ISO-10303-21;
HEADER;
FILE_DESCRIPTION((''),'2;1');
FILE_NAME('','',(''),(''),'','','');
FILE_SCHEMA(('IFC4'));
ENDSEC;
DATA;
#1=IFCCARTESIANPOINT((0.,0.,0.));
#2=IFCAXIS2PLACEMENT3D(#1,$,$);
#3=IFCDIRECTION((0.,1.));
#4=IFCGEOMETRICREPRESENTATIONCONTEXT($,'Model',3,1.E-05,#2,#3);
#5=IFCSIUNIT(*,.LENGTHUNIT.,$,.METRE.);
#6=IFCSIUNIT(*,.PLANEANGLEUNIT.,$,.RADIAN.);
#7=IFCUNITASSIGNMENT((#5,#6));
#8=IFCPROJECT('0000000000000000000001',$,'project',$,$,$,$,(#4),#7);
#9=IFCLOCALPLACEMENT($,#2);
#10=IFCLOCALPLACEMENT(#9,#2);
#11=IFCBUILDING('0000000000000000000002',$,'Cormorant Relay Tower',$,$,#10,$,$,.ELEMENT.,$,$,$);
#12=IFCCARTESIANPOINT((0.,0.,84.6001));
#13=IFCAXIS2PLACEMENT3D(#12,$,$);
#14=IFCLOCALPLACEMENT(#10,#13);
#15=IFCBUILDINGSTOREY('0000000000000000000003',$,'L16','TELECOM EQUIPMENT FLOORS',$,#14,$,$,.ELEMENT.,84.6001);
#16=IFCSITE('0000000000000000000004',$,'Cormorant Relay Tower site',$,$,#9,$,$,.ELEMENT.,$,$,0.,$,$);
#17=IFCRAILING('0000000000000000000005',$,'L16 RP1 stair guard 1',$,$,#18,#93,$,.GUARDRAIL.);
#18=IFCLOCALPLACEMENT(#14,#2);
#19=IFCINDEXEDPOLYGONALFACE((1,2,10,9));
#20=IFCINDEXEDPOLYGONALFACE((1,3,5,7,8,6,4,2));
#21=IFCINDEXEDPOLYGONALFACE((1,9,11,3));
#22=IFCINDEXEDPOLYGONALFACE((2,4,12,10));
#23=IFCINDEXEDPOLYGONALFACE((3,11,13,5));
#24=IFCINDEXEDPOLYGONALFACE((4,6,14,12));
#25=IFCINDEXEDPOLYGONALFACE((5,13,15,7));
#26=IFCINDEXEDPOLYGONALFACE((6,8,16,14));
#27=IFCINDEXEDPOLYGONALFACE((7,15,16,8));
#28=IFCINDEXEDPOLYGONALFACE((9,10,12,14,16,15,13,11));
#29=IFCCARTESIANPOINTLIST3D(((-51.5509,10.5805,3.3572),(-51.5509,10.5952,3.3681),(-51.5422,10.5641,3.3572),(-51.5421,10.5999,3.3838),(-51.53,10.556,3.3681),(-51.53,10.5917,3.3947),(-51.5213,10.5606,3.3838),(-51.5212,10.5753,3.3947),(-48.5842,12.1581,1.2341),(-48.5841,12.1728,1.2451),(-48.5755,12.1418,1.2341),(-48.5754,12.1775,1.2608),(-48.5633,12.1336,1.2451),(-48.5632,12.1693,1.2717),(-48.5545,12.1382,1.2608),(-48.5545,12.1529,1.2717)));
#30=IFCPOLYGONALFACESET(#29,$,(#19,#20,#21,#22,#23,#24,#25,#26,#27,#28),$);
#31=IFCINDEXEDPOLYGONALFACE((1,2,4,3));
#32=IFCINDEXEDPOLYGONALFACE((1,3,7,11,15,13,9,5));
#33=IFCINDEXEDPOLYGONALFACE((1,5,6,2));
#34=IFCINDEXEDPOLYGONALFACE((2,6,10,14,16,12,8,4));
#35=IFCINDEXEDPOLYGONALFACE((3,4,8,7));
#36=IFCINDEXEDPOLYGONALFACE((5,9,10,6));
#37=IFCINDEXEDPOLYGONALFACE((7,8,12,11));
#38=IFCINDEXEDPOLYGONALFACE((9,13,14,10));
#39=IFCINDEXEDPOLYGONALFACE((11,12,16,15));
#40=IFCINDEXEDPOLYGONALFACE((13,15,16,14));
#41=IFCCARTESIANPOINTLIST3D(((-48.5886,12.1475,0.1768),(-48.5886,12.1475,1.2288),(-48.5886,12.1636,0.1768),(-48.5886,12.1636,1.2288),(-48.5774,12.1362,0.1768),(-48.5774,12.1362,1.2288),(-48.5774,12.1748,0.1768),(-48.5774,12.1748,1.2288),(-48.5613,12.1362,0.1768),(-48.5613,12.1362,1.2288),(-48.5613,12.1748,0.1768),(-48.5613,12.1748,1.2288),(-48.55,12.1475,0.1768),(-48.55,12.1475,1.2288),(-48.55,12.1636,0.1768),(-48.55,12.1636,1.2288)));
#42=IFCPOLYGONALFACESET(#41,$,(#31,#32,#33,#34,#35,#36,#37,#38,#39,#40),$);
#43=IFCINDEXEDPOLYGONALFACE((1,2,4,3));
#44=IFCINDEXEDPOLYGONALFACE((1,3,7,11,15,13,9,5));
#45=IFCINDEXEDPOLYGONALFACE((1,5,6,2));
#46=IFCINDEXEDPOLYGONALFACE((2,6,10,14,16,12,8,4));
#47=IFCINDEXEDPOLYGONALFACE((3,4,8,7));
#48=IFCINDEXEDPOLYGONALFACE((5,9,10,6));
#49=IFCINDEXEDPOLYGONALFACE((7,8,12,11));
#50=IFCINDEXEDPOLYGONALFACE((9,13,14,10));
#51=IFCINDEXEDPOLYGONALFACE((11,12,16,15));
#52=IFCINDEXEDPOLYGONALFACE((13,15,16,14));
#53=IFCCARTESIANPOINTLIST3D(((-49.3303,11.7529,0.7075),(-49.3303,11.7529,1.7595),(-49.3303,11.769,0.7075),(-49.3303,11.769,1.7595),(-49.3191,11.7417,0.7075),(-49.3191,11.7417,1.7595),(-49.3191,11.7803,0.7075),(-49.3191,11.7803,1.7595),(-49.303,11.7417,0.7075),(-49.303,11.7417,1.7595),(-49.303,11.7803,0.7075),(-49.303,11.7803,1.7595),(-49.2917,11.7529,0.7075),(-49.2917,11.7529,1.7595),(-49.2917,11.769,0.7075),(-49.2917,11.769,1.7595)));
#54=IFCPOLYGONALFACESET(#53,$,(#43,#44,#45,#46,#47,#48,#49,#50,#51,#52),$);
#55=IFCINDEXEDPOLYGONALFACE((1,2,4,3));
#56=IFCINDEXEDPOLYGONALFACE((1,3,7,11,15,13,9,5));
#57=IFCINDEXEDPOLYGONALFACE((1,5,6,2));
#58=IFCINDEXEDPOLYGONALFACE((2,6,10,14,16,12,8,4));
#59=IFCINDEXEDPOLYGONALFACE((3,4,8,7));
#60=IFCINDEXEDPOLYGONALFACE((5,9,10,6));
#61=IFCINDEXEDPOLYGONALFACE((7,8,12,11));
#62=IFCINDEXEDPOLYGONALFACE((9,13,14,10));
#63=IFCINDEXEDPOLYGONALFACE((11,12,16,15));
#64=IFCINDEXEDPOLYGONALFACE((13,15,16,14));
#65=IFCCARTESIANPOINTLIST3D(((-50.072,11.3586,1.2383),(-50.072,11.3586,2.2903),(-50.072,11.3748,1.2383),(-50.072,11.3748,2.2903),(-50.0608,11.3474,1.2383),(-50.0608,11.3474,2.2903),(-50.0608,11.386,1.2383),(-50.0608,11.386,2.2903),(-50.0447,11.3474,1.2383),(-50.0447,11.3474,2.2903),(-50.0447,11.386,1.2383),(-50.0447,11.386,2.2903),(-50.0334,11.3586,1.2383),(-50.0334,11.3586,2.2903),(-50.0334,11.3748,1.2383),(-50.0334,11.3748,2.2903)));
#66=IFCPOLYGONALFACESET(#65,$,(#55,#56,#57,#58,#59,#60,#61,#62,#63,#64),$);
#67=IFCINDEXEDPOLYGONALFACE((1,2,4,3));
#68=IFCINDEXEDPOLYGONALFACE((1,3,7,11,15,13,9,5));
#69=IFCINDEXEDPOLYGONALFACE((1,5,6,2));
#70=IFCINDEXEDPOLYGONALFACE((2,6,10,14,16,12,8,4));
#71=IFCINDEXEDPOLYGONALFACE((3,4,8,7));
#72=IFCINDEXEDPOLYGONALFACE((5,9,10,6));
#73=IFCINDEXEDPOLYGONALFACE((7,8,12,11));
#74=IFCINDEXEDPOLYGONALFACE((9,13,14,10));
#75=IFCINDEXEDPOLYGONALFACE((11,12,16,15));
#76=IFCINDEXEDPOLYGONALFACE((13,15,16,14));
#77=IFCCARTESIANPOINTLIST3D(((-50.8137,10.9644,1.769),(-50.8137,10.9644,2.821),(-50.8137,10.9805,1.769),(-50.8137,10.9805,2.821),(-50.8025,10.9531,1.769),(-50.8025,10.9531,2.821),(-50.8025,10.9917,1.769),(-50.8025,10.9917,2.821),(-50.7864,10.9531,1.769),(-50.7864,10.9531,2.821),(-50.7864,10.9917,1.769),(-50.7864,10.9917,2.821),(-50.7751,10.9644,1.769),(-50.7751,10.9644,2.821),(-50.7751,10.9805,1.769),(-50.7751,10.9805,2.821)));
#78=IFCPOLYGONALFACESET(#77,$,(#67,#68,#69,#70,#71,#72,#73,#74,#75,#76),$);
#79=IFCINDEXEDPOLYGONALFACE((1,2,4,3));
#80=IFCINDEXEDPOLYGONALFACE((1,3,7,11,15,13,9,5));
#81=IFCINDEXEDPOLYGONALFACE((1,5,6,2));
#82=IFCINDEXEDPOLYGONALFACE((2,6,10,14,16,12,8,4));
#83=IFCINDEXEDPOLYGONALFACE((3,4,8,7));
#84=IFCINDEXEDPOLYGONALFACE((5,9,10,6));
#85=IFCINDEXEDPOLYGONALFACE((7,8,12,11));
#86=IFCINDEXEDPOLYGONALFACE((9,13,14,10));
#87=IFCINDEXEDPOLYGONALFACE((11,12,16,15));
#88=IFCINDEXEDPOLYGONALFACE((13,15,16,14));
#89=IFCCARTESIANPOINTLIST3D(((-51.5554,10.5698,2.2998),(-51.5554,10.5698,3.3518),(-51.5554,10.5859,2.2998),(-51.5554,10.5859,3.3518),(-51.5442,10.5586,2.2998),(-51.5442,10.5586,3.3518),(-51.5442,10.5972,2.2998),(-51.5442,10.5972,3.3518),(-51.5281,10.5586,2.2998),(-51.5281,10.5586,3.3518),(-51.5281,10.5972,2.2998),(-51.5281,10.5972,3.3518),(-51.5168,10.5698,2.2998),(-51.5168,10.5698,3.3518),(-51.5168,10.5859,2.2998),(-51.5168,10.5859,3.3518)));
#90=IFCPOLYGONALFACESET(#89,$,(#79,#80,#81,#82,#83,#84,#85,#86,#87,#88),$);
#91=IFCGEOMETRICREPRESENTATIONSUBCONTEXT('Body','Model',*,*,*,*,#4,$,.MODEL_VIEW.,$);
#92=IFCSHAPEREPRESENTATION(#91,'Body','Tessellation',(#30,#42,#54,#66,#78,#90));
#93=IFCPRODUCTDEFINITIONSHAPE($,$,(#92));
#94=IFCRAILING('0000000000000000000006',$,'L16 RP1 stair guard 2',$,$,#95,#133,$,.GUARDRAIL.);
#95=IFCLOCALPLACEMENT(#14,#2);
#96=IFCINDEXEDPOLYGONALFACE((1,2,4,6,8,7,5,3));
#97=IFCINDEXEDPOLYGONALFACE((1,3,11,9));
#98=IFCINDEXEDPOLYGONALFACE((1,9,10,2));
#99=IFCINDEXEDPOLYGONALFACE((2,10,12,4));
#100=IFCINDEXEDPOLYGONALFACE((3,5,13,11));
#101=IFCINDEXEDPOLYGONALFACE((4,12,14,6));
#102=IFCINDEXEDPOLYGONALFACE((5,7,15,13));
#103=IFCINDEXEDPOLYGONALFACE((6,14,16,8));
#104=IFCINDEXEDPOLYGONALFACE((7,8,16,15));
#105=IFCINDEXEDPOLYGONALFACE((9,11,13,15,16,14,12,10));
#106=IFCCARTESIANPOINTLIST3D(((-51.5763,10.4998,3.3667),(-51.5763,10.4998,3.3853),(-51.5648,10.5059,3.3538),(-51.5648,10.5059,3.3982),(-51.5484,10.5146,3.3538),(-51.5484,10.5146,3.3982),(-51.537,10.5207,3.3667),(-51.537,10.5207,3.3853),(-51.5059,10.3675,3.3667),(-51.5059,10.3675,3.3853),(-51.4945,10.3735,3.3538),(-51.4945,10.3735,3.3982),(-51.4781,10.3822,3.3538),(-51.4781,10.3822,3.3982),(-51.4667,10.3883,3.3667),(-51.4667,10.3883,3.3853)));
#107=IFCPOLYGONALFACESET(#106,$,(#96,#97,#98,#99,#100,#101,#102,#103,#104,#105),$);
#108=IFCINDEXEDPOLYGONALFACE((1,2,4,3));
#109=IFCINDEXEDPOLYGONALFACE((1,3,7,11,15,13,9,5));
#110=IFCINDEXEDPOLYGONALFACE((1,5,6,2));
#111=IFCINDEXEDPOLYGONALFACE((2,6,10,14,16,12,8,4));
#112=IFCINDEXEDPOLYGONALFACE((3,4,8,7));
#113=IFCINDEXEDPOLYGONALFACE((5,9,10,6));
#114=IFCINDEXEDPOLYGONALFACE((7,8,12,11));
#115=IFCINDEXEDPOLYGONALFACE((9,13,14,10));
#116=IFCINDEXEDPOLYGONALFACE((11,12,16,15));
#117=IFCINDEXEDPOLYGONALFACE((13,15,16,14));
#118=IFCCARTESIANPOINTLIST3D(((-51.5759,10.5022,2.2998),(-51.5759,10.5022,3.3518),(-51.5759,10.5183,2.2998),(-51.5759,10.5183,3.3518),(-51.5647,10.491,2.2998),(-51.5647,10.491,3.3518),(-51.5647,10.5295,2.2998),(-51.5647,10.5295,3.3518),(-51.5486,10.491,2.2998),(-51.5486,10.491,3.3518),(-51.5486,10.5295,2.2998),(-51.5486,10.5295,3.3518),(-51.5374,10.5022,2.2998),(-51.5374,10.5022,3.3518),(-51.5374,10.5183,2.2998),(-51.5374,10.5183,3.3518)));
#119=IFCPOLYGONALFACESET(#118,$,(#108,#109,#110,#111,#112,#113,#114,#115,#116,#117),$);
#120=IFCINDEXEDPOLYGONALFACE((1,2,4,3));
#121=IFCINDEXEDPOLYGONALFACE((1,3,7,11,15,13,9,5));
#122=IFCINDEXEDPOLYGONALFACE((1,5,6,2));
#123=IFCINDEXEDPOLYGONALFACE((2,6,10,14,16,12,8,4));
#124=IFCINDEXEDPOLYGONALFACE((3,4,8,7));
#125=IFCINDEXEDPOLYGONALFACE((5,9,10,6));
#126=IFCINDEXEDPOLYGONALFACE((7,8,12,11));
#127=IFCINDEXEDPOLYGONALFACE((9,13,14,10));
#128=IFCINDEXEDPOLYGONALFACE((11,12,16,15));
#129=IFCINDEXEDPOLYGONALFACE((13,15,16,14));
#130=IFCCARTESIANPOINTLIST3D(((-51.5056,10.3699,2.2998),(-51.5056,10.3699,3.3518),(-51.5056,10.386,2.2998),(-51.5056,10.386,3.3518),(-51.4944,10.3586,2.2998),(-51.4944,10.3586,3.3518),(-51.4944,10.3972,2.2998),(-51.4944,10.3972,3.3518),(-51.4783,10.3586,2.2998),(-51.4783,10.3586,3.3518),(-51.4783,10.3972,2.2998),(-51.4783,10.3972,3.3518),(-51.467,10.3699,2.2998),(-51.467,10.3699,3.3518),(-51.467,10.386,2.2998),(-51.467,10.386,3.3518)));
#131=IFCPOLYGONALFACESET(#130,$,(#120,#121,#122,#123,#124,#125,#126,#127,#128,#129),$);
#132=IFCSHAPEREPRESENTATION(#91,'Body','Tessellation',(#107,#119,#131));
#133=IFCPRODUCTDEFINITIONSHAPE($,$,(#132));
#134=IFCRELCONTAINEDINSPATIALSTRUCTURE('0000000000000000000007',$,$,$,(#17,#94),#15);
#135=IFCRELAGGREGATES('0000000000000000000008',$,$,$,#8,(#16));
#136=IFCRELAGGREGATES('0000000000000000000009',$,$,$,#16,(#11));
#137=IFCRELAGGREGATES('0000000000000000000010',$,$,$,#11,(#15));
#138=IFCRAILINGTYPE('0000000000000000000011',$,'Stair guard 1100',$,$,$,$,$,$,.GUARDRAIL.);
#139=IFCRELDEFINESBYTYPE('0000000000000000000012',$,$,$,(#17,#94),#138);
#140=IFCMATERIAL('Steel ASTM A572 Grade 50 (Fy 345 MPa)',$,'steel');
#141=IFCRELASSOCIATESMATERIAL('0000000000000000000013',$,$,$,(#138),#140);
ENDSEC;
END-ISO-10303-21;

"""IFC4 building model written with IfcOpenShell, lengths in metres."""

from ifc_helpers import new_model, si_unit, direction, frame, origin, place, context, subcontext, project, spatial, polyline, outline, extrude, material, type_object, element, save


model = new_model("IFC4")

# Units and contexts
model_context = context("Model", 3, precision=1e-05, world=origin(), true_north=direction((0.0, 1.0)))
body_context = subcontext(model_context, "Body", "Model", "MODEL_VIEW")
ifc_project = project(units=[si_unit("LENGTHUNIT", "METRE"), si_unit("PLANEANGLEUNIT", "RADIAN")], contexts=[model_context])

# Site, building, storey
site_placement = place(None, origin())
site = spatial("IfcSite", under=ifc_project, at=site_placement, Name="Cormorant Relay Tower site", CompositionType="ELEMENT", RefElevation=0.0)
building_placement = place(site_placement, origin())
building = spatial("IfcBuilding", under=site, at=building_placement, Name="Cormorant Relay Tower", CompositionType="ELEMENT")
storey_placement = place(building_placement, frame((0.0, 0.0, 84.6001)))
storey = spatial("IfcBuildingStorey", under=building, at=storey_placement, Name="L16", Description="TELECOM EQUIPMENT FLOORS", CompositionType="ELEMENT", Elevation=84.6001)

# Railings
ifc_material_1 = material(Name="Steel ASTM A572 Grade 50 (Fy 345 MPa)", Category="steel")
railing_type_1 = type_object("IfcRailingType", Name="Stair guard 1100", PredefinedType="GUARDRAIL", material=ifc_material_1)
railing_1_placement = place(storey_placement, frame((-48.5693, 12.1555, 0.1768)))
element("IfcRailing", 1, at=railing_1_placement, inside=storey, type_object=railing_type_1, Name="L16 RP1 stair guard 1", PredefinedType="GUARDRAIL", context=body_context, shape_type="SweptSolid", body=[
    extrude(outline(polyline([(0.0222, 0.0093), (0.0093, 0.0222), (-0.0093, 0.0222), (-0.0222, 0.0093), (-0.0222, -0.0093), (-0.0093, -0.0222), (0.0093, -0.0222), (0.0222, -0.0093), (0.0222, 0.0093)])), frame((0.0, 0.0, 1.0762), z_axis=(-0.746422, -0.396921, 0.534142), x_axis=(0.469509, -0.882928, 0.0)), (0.0, 0.0, 1.0), 3.9746),
    extrude(outline(polyline([(0.0193, 0.0081), (0.0081, 0.0193), (-0.0081, 0.0193), (-0.0193, 0.0081), (-0.0193, -0.0081), (-0.0081, -0.0193), (0.0081, -0.0193), (0.0193, -0.0081), (0.0193, 0.0081)])), origin(), (0.0, 0.0, 1.0), 1.052),
    extrude(outline(polyline([(0.0193, 0.0081), (0.0081, 0.0193), (-0.0081, 0.0193), (-0.0193, 0.0081), (-0.0193, -0.0081), (-0.0081, -0.0193), (0.0081, -0.0193), (0.0193, -0.0081), (0.0193, 0.0081)])), frame((-0.7417, -0.3945, 0.5308)), (0.0, 0.0, 1.0), 1.052),
    extrude(outline(polyline([(0.0193, 0.0081), (0.0081, 0.0193), (-0.0081, 0.0193), (-0.0193, 0.0081), (-0.0193, -0.0081), (-0.0081, -0.0193), (0.0081, -0.0193), (0.0193, -0.0081), (0.0193, 0.0081)])), frame((-1.4834, -0.7888, 1.0615)), (0.0, 0.0, 1.0), 1.052),
    extrude(outline(polyline([(0.0193, 0.0081), (0.0081, 0.0193), (-0.0081, 0.0193), (-0.0193, 0.0081), (-0.0193, -0.0081), (-0.0081, -0.0193), (0.0081, -0.0193), (0.0193, -0.0081), (0.0193, 0.0081)])), frame((-2.2251, -1.1831, 1.5923)), (0.0, 0.0, 1.0), 1.052),
    extrude(outline(polyline([(0.0193, 0.0081), (0.0081, 0.0193), (-0.0081, 0.0193), (-0.0193, 0.0081), (-0.0193, -0.0081), (-0.0081, -0.0193), (0.0081, -0.0193), (0.0193, -0.0081), (0.0193, 0.0081)])), frame((-2.9668, -1.5776, 2.123)), (0.0, 0.0, 1.0), 1.052),
])
railing_2_placement = place(storey_placement, frame((-51.5566, 10.5103, 2.2998)))
element("IfcRailing", 2, at=railing_2_placement, inside=storey, type_object=railing_type_1, Name="L16 RP1 stair guard 2", PredefinedType="GUARDRAIL", context=body_context, shape_type="SweptSolid", body=[
    extrude(outline(polyline([(0.0222, 0.0093), (0.0093, 0.0222), (-0.0093, 0.0222), (-0.0222, 0.0093), (-0.0222, -0.0093), (-0.0093, -0.0222), (0.0093, -0.0222), (0.0222, -0.0093), (0.0222, 0.0093)])), frame((0.0, 0.0, 1.0762), z_axis=(0.469235, -0.883074, 0.0), x_axis=(0.883074, 0.469235, 0.0)), (0.0, 0.0, 1.0), 0.1499),
    extrude(outline(polyline([(0.0193, 0.0081), (0.0081, 0.0193), (-0.0081, 0.0193), (-0.0193, 0.0081), (-0.0193, -0.0081), (-0.0081, -0.0193), (0.0081, -0.0193), (0.0193, -0.0081), (0.0193, 0.0081)])), origin(), (0.0, 0.0, 1.0), 1.052),
    extrude(outline(polyline([(0.0193, 0.0081), (0.0081, 0.0193), (-0.0081, 0.0193), (-0.0193, 0.0081), (-0.0193, -0.0081), (-0.0081, -0.0193), (0.0081, -0.0193), (0.0193, -0.0081), (0.0193, 0.0081)])), frame((0.0703, -0.1323, 0.0)), (0.0, 0.0, 1.0), 1.052),
])

save(model, "model.ifc")
